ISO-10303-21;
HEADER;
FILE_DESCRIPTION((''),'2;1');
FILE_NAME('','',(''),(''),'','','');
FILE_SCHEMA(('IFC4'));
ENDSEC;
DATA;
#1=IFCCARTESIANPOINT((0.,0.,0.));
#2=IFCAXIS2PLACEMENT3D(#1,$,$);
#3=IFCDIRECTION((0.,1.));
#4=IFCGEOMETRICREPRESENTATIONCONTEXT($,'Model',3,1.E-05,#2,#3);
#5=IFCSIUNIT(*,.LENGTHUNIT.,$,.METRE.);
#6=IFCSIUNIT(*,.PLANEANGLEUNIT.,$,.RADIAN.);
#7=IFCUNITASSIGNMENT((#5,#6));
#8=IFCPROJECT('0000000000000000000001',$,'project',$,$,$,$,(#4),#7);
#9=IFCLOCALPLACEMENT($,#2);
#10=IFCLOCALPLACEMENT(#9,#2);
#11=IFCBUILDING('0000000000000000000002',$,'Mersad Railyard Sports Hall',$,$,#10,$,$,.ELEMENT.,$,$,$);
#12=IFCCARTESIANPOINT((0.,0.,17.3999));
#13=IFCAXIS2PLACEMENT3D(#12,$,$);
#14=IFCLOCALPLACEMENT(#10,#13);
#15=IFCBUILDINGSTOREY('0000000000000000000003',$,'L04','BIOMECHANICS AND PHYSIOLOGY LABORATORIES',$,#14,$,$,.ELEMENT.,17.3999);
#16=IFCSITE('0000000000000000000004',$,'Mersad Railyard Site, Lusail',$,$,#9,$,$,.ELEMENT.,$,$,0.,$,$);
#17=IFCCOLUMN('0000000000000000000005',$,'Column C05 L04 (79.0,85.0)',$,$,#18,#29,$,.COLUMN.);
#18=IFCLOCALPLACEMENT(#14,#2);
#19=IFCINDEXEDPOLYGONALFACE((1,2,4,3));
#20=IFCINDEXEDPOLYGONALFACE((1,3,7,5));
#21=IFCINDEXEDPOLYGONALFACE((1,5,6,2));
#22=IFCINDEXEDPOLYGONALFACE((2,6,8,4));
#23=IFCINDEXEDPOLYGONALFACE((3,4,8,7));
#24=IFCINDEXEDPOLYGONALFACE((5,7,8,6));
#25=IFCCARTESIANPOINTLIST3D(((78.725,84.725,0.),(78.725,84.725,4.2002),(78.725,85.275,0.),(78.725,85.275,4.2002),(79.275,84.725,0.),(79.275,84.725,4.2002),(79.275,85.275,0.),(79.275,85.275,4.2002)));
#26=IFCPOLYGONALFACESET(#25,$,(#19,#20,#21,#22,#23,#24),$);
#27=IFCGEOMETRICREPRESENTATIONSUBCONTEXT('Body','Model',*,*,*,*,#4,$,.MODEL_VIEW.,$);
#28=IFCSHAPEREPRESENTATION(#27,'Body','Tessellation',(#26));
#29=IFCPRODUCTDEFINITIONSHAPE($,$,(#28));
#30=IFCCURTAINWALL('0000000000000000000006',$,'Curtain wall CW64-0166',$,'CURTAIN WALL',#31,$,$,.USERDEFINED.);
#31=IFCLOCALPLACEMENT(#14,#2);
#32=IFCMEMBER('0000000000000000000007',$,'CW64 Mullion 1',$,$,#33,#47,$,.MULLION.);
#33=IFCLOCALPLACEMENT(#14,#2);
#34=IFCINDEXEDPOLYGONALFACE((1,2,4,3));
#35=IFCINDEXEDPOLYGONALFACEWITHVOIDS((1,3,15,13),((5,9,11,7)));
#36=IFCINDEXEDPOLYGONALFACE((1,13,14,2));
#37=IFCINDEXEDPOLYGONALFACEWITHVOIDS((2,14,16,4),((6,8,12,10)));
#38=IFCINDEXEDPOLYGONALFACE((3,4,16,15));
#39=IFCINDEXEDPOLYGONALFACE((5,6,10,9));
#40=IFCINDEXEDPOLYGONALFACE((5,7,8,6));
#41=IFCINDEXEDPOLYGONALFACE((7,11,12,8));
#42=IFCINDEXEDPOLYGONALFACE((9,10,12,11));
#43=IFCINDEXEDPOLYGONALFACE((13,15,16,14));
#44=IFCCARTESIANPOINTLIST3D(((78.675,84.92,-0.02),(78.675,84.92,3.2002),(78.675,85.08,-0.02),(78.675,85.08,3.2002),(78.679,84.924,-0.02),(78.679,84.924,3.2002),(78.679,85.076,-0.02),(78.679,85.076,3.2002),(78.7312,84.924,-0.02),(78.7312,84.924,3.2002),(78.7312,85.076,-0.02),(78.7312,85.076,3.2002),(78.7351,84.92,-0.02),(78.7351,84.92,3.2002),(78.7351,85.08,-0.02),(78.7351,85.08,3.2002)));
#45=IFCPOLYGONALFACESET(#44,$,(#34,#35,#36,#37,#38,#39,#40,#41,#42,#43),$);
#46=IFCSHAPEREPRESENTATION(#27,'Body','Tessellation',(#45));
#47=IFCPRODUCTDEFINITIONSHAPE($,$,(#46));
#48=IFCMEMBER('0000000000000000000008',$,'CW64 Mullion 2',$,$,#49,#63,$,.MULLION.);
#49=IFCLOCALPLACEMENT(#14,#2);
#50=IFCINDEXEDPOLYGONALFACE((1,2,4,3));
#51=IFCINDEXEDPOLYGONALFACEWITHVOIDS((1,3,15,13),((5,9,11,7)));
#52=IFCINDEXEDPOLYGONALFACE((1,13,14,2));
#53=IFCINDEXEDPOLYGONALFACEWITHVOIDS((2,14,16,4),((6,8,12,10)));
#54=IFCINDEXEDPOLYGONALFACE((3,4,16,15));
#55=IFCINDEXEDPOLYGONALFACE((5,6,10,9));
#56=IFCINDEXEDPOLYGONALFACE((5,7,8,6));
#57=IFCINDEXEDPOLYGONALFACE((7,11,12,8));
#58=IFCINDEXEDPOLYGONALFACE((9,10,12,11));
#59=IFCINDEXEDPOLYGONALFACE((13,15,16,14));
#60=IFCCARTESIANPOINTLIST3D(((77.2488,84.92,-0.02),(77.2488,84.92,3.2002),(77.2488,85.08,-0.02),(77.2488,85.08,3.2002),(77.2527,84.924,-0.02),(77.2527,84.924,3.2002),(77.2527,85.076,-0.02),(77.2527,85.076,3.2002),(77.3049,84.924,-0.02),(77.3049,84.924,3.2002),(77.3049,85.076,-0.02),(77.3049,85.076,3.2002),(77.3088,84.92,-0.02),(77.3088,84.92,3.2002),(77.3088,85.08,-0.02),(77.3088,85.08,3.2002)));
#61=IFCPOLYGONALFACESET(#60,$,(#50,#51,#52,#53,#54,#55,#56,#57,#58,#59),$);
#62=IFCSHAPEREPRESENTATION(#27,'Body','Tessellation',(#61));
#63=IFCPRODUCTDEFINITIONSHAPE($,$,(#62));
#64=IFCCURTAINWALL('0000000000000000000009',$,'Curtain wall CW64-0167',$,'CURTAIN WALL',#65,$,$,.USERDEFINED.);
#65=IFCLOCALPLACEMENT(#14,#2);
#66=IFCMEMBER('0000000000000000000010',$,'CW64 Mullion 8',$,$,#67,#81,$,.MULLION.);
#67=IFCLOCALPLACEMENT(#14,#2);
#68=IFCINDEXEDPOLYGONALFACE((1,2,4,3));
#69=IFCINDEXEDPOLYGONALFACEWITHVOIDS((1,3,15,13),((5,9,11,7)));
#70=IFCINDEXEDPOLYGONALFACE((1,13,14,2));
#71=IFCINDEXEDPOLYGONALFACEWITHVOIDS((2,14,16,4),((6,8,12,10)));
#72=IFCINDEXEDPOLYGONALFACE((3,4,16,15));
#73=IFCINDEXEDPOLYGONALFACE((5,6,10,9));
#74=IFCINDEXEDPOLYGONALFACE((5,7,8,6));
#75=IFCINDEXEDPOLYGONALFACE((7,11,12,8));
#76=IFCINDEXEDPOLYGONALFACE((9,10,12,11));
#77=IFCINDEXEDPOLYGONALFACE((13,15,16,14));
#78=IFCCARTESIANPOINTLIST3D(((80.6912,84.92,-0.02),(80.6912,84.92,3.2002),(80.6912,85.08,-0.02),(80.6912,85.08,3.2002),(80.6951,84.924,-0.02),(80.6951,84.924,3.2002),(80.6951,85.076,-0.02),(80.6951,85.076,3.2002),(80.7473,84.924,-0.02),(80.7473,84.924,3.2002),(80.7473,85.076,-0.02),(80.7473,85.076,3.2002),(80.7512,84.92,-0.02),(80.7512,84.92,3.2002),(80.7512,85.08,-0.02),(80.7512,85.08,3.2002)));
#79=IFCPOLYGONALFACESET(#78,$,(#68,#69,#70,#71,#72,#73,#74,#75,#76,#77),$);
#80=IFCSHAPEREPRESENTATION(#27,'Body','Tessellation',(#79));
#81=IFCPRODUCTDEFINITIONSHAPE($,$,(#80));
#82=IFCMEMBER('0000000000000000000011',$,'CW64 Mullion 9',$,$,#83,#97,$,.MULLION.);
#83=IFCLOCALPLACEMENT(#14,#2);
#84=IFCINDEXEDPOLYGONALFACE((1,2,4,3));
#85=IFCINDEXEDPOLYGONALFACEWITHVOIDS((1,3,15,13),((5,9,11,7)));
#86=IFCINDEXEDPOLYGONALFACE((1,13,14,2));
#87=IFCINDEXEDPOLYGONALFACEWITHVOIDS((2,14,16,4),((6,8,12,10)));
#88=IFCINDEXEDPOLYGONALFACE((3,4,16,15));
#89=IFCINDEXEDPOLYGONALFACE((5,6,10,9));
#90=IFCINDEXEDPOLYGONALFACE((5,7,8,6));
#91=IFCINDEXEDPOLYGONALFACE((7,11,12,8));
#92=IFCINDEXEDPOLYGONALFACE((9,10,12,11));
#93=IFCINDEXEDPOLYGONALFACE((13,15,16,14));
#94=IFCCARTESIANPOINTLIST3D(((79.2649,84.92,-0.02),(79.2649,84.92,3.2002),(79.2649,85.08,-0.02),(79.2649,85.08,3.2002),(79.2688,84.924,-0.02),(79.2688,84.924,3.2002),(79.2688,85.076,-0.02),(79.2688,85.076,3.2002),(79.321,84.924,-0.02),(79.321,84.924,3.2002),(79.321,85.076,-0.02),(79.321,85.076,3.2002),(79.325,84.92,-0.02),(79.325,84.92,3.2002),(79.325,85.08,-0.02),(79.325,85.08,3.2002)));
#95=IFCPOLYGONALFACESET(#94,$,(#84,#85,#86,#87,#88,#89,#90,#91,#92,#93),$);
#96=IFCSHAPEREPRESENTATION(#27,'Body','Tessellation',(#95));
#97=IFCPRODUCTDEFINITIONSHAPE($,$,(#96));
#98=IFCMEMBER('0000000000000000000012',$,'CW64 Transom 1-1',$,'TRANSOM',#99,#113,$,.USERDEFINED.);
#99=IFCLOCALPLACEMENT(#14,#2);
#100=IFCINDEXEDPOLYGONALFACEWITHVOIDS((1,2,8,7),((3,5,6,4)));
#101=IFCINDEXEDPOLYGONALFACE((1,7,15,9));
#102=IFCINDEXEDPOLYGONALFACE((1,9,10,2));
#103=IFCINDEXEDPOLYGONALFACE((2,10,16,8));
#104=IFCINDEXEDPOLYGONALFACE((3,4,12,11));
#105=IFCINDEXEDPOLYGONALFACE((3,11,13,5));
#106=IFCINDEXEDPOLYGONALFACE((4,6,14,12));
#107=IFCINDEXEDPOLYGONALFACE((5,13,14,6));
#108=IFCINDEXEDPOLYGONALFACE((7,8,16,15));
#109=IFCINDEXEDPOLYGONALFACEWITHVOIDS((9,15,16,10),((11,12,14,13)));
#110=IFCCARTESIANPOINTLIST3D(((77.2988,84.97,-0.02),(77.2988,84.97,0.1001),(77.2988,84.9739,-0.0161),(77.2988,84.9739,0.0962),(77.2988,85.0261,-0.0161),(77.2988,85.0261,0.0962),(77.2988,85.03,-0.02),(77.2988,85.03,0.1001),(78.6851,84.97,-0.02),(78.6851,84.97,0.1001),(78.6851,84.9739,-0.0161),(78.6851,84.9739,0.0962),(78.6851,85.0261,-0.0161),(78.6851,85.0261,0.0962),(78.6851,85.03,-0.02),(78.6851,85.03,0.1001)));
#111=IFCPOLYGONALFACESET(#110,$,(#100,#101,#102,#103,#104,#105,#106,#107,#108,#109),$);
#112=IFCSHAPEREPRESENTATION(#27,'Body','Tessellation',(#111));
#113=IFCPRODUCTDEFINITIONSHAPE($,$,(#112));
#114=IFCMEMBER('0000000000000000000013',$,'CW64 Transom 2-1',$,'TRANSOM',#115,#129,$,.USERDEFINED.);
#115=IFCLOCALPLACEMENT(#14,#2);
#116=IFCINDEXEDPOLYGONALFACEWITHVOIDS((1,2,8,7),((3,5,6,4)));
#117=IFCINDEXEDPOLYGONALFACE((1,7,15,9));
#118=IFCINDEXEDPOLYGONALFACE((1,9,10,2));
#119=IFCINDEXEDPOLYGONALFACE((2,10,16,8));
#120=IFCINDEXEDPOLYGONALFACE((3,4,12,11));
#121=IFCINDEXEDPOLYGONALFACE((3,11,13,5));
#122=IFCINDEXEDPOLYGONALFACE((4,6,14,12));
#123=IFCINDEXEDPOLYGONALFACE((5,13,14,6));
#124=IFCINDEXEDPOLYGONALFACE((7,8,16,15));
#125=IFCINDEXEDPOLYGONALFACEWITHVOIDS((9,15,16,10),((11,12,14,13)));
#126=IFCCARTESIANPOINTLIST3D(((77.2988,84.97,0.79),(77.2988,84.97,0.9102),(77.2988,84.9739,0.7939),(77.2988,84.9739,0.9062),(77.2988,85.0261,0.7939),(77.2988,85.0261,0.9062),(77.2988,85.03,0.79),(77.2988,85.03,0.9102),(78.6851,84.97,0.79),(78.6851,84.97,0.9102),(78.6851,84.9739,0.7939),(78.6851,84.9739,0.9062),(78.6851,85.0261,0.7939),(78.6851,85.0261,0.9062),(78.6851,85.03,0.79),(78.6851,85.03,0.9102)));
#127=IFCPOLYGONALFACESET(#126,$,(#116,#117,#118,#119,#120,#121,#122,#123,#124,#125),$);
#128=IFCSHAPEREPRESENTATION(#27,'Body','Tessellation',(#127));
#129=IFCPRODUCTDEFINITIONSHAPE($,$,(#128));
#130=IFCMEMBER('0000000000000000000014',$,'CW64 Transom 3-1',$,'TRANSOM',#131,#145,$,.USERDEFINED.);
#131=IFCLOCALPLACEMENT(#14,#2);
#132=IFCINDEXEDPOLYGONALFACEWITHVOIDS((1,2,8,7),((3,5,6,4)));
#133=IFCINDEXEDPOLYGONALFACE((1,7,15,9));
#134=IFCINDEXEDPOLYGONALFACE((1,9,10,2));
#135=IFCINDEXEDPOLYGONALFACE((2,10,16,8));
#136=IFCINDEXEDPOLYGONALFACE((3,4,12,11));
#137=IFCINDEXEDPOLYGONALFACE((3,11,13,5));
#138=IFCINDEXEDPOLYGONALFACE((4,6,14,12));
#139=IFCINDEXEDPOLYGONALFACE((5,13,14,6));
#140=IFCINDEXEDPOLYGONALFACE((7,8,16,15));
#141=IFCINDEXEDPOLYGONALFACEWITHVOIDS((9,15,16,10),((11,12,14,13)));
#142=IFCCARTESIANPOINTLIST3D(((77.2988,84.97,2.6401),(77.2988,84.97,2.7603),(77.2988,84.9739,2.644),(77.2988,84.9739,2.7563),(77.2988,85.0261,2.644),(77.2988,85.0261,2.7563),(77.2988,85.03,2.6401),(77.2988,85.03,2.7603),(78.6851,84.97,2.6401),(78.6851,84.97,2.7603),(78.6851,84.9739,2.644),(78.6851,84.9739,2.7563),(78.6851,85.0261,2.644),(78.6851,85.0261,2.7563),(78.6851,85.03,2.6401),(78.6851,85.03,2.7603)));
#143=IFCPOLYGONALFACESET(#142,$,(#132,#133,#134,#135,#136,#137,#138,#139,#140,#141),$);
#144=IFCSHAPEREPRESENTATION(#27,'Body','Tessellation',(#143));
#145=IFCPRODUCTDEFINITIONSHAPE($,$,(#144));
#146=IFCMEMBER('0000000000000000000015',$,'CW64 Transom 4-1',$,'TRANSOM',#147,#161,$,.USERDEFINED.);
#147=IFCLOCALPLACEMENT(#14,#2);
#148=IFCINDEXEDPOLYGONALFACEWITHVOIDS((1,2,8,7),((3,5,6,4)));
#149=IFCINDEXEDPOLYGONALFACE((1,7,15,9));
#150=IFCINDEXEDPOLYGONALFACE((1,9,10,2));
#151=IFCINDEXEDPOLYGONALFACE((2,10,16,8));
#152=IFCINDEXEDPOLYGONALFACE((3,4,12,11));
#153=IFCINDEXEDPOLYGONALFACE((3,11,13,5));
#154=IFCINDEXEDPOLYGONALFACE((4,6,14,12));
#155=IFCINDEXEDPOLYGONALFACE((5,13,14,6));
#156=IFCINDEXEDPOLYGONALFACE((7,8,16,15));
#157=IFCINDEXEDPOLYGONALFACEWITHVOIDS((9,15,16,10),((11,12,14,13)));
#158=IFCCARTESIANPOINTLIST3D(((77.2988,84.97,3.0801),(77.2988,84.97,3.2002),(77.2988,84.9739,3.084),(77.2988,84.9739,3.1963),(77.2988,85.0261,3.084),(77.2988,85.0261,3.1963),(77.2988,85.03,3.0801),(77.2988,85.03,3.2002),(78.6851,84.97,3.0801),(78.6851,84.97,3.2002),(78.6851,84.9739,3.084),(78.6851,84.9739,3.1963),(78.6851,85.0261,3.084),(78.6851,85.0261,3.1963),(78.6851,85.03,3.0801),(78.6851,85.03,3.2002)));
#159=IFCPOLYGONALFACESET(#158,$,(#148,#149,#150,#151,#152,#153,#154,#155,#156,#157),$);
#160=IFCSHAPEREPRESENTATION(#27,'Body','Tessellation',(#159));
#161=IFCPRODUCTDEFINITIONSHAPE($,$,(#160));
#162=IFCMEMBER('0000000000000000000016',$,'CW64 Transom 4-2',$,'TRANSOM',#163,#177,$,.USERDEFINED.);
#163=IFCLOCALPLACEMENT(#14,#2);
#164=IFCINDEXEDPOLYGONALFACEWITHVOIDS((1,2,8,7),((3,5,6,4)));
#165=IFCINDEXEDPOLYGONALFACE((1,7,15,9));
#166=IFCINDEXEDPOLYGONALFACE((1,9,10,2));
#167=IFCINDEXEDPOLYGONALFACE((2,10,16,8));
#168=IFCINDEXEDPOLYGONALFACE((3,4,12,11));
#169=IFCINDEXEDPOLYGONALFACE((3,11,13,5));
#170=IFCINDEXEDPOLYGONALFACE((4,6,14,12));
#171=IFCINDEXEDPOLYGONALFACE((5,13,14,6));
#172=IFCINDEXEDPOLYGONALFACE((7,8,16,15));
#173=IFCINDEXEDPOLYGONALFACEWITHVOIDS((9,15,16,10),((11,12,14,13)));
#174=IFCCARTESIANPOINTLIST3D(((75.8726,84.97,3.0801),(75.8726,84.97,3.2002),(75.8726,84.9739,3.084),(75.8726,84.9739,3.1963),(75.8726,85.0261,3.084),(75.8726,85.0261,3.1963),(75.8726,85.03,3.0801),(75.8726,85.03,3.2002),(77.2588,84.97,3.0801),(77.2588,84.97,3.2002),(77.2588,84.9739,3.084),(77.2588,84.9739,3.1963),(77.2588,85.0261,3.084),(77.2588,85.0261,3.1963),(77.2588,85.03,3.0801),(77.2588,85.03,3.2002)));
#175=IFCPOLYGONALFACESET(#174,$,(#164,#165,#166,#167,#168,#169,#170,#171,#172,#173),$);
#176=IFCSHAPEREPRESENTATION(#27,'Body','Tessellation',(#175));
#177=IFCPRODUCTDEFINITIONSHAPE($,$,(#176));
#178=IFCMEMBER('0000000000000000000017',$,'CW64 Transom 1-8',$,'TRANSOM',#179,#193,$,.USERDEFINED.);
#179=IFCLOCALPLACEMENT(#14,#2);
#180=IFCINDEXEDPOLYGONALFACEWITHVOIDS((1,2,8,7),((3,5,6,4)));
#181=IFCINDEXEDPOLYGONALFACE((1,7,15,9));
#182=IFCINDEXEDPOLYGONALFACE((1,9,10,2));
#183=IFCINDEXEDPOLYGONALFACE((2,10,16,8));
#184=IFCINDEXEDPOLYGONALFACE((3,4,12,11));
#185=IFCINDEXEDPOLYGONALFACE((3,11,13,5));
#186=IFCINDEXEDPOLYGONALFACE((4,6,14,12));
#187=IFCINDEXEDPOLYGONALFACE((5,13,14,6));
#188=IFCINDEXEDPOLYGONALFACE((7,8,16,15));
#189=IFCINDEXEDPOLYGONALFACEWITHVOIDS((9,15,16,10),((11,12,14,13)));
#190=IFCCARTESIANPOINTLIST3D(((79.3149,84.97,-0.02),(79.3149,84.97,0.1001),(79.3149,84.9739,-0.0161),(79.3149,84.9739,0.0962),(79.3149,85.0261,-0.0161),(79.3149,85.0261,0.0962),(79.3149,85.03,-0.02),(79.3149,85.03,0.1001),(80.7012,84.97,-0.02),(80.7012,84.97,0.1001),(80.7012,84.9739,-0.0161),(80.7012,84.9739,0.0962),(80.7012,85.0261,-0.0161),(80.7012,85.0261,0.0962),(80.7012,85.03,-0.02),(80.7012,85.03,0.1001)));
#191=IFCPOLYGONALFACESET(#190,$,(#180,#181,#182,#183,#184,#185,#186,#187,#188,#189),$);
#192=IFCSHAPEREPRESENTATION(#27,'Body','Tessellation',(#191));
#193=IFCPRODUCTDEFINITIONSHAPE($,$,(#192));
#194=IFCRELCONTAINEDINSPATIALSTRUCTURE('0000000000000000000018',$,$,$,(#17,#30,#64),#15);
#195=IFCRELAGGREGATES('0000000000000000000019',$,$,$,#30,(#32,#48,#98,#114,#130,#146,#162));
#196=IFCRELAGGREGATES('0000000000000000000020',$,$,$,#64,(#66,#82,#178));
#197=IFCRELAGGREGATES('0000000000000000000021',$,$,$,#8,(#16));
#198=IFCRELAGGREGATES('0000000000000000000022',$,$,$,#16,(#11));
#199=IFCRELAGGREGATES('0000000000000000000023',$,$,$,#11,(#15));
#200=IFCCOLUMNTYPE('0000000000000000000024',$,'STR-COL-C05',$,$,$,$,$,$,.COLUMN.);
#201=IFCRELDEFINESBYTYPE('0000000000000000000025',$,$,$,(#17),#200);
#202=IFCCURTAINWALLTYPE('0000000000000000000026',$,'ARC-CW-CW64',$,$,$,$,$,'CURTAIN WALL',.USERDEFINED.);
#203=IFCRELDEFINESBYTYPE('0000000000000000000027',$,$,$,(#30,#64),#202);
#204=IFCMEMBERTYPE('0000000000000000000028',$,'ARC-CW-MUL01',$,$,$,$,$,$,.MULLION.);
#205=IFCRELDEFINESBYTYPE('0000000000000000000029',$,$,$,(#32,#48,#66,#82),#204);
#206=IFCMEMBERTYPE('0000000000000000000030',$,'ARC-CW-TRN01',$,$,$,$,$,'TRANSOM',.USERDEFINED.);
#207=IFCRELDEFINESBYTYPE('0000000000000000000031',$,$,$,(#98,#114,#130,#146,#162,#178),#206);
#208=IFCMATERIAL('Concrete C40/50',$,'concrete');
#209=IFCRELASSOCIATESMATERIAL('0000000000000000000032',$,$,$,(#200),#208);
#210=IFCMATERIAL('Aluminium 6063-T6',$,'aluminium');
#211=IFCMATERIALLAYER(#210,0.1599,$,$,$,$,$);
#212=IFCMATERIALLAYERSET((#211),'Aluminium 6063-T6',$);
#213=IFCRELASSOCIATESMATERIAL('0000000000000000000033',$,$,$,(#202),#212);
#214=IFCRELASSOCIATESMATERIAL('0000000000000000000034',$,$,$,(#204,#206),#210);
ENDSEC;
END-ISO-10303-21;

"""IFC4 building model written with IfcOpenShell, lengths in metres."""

from ifc_helpers import new_model, si_unit, direction, frame, origin, origin_2d, place, context, subcontext, project, spatial, rectangle, hollow_rectangle, extrude, material, layer, layer_set, material_profile, profile_set, type_object, element, aggregate, save


model = new_model("IFC4")

# Units and contexts
model_context = context("Model", 3, precision=1e-05, world=origin(), true_north=direction((0.0, 1.0)))
body_context = subcontext(model_context, "Body", "Model", "MODEL_VIEW")
ifc_project = project(units=[si_unit("LENGTHUNIT", "METRE"), si_unit("PLANEANGLEUNIT", "RADIAN")], contexts=[model_context])

# Site, building, storey
site_placement = place(None, origin())
site = spatial("IfcSite", under=ifc_project, at=site_placement, Name="Mersad Railyard Site, Lusail", CompositionType="ELEMENT", RefElevation=0.0)
building_placement = place(site_placement, origin())
building = spatial("IfcBuilding", under=site, at=building_placement, Name="Mersad Railyard Sports Hall", CompositionType="ELEMENT")
storey_placement = place(building_placement, frame((0.0, 0.0, 17.3999)))
storey = spatial("IfcBuildingStorey", under=building, at=storey_placement, Name="L04", Description="BIOMECHANICS AND PHYSIOLOGY LABORATORIES", CompositionType="ELEMENT", Elevation=17.3999)

# Column
ifc_material_1 = material(Name="Concrete C40/50", Category="concrete")
ifc_material_profile_1 = material_profile(ifc_material_1, rectangle(XDim=0.55, YDim=0.55, at=origin_2d()), Name="RC 550x550")
ifc_profile_set_1 = profile_set([ifc_material_profile_1], Name="Concrete C40/50")
column_type = type_object("IfcColumnType", Name="STR-COL-C05", PredefinedType="COLUMN", material=ifc_profile_set_1)
column_placement = place(storey_placement, frame((79.0, 85.0, 0.0), z_axis=(0.0, 0.0, 1.0), x_axis=(1.0, 0.0, 0.0)))
element("IfcColumn", 1, at=column_placement, inside=storey, type_object=column_type, Name="Column C05 L04 (79.0,85.0)", PredefinedType="COLUMN", context=body_context, shape_type="SweptSolid", body=[
    extrude(rectangle(XDim=0.55, YDim=0.55, at=origin_2d()), origin(), (0.0, 0.0, 1.0), 4.2002),
])

# Curtain walls, members
ifc_material_2 = material(Name="Aluminium 6063-T6", Category="aluminium")
ifc_layer_1 = layer(ifc_material_2, 0.1599)
ifc_layer_set_1 = layer_set([ifc_layer_1], Name="Aluminium 6063-T6")
curtain_wall_type = type_object("IfcCurtainWallType", Name="ARC-CW-CW64", ElementType="CURTAIN WALL", PredefinedType="USERDEFINED", material=ifc_layer_set_1)
curtain_wall_1_placement = place(storey_placement, origin())
curtain_wall_1 = element("IfcCurtainWall", 2, at=curtain_wall_1_placement, inside=storey, type_object=curtain_wall_type, Name="Curtain wall CW64-0166", ObjectType="CURTAIN WALL", PredefinedType="USERDEFINED")
ifc_material_profile_2 = material_profile(ifc_material_2, hollow_rectangle(XDim=0.0601, YDim=0.1599, WallThickness=0.0039, at=origin_2d()), Name="AL MULLION 60x160x4")
ifc_profile_set_2 = profile_set([ifc_material_profile_2], Name="Aluminium 6063-T6")
member_type_1 = type_object("IfcMemberType", Name="ARC-CW-MUL01", PredefinedType="MULLION", material=ifc_profile_set_2)
member_1_placement = place(storey_placement, frame((78.7051, 85.0, -0.02), z_axis=(0.0, 0.0, 1.0), x_axis=(1.0, 0.0, 0.0)))
member_1 = element("IfcMember", 3, at=member_1_placement, type_object=member_type_1, Name="CW64 Mullion 1", PredefinedType="MULLION", context=body_context, shape_type="SweptSolid", body=[
    extrude(hollow_rectangle(XDim=0.0601, YDim=0.1599, WallThickness=0.0039, at=origin_2d()), origin(), (0.0, 0.0, 1.0), 3.2202),
])
member_2_placement = place(storey_placement, frame((77.2788, 85.0, -0.02), z_axis=(0.0, 0.0, 1.0), x_axis=(1.0, 0.0, 0.0)))
member_2 = element("IfcMember", 4, at=member_2_placement, type_object=member_type_1, Name="CW64 Mullion 2", PredefinedType="MULLION", context=body_context, shape_type="SweptSolid", body=[
    extrude(hollow_rectangle(XDim=0.0601, YDim=0.1599, WallThickness=0.0039, at=origin_2d()), origin(), (0.0, 0.0, 1.0), 3.2202),
])
curtain_wall_2_placement = place(storey_placement, origin())
curtain_wall_2 = element("IfcCurtainWall", 5, at=curtain_wall_2_placement, inside=storey, type_object=curtain_wall_type, Name="Curtain wall CW64-0167", ObjectType="CURTAIN WALL", PredefinedType="USERDEFINED")
member_3_placement = place(storey_placement, frame((80.7212, 85.0, -0.02), z_axis=(0.0, 0.0, 1.0), x_axis=(1.0, 0.0, 0.0)))
member_3 = element("IfcMember", 6, at=member_3_placement, type_object=member_type_1, Name="CW64 Mullion 8", PredefinedType="MULLION", context=body_context, shape_type="SweptSolid", body=[
    extrude(hollow_rectangle(XDim=0.0601, YDim=0.1599, WallThickness=0.0039, at=origin_2d()), origin(), (0.0, 0.0, 1.0), 3.2202),
])
member_4_placement = place(storey_placement, frame((79.2949, 85.0, -0.02), z_axis=(0.0, 0.0, 1.0), x_axis=(1.0, 0.0, 0.0)))
member_4 = element("IfcMember", 7, at=member_4_placement, type_object=member_type_1, Name="CW64 Mullion 9", PredefinedType="MULLION", context=body_context, shape_type="SweptSolid", body=[
    extrude(hollow_rectangle(XDim=0.0601, YDim=0.1599, WallThickness=0.0039, at=origin_2d()), origin(), (0.0, 0.0, 1.0), 3.2202),
])

# Members
ifc_material_profile_3 = material_profile(ifc_material_2, hollow_rectangle(XDim=0.0601, YDim=0.1201, WallThickness=0.0039, at=origin_2d()), Name="AL TRANSOM 60x120x4")
ifc_profile_set_3 = profile_set([ifc_material_profile_3], Name="Aluminium 6063-T6")
member_type_2 = type_object("IfcMemberType", Name="ARC-CW-TRN01", ElementType="TRANSOM", PredefinedType="USERDEFINED", material=ifc_profile_set_3)
member_5_placement = place(storey_placement, frame((78.6851, 85.0, 0.04), z_axis=(-1.0, 0.0, 0.0), x_axis=(0.0, -1.0, 0.0)))
member_5 = element("IfcMember", 8, at=member_5_placement, type_object=member_type_2, Name="CW64 Transom 1-1", ObjectType="TRANSOM", PredefinedType="USERDEFINED", context=body_context, shape_type="SweptSolid", body=[
    extrude(hollow_rectangle(XDim=0.0601, YDim=0.1201, WallThickness=0.0039, at=origin_2d()), origin(), (0.0, 0.0, 1.0), 1.3862),
])
member_6_placement = place(storey_placement, frame((78.6851, 85.0, 0.8501), z_axis=(-1.0, 0.0, 0.0), x_axis=(0.0, -1.0, 0.0)))
member_6 = element("IfcMember", 9, at=member_6_placement, type_object=member_type_2, Name="CW64 Transom 2-1", ObjectType="TRANSOM", PredefinedType="USERDEFINED", context=body_context, shape_type="SweptSolid", body=[
    extrude(hollow_rectangle(XDim=0.0601, YDim=0.1201, WallThickness=0.0039, at=origin_2d()), origin(), (0.0, 0.0, 1.0), 1.3862),
])
member_7_placement = place(storey_placement, frame((78.6851, 85.0, 2.7002), z_axis=(-1.0, 0.0, 0.0), x_axis=(0.0, -1.0, 0.0)))
member_7 = element("IfcMember", 10, at=member_7_placement, type_object=member_type_2, Name="CW64 Transom 3-1", ObjectType="TRANSOM", PredefinedType="USERDEFINED", context=body_context, shape_type="SweptSolid", body=[
    extrude(hollow_rectangle(XDim=0.0601, YDim=0.1201, WallThickness=0.0039, at=origin_2d()), origin(), (0.0, 0.0, 1.0), 1.3862),
])
member_8_placement = place(storey_placement, frame((78.6851, 85.0, 3.1401), z_axis=(-1.0, 0.0, 0.0), x_axis=(0.0, -1.0, 0.0)))
member_8 = element("IfcMember", 11, at=member_8_placement, type_object=member_type_2, Name="CW64 Transom 4-1", ObjectType="TRANSOM", PredefinedType="USERDEFINED", context=body_context, shape_type="SweptSolid", body=[
    extrude(hollow_rectangle(XDim=0.0601, YDim=0.1201, WallThickness=0.0039, at=origin_2d()), origin(), (0.0, 0.0, 1.0), 1.3862),
])
member_9_placement = place(storey_placement, frame((77.2588, 85.0, 3.1401), z_axis=(-1.0, 0.0, 0.0), x_axis=(0.0, -1.0, 0.0)))
member_9 = element("IfcMember", 12, at=member_9_placement, type_object=member_type_2, Name="CW64 Transom 4-2", ObjectType="TRANSOM", PredefinedType="USERDEFINED", context=body_context, shape_type="SweptSolid", body=[
    extrude(hollow_rectangle(XDim=0.0601, YDim=0.1201, WallThickness=0.0039, at=origin_2d()), origin(), (0.0, 0.0, 1.0), 1.3862),
])
member_10_placement = place(storey_placement, frame((80.7012, 85.0, 0.04), z_axis=(-1.0, 0.0, 0.0), x_axis=(0.0, -1.0, 0.0)))
member_10 = element("IfcMember", 13, at=member_10_placement, type_object=member_type_2, Name="CW64 Transom 1-8", ObjectType="TRANSOM", PredefinedType="USERDEFINED", context=body_context, shape_type="SweptSolid", body=[
    extrude(hollow_rectangle(XDim=0.0601, YDim=0.1201, WallThickness=0.0039, at=origin_2d()), origin(), (0.0, 0.0, 1.0), 1.3862),
])

aggregate(curtain_wall_1, [member_1, member_2, member_5, member_6, member_7, member_8, member_9])
aggregate(curtain_wall_2, [member_3, member_4, member_10])

save(model, "model.ifc")
